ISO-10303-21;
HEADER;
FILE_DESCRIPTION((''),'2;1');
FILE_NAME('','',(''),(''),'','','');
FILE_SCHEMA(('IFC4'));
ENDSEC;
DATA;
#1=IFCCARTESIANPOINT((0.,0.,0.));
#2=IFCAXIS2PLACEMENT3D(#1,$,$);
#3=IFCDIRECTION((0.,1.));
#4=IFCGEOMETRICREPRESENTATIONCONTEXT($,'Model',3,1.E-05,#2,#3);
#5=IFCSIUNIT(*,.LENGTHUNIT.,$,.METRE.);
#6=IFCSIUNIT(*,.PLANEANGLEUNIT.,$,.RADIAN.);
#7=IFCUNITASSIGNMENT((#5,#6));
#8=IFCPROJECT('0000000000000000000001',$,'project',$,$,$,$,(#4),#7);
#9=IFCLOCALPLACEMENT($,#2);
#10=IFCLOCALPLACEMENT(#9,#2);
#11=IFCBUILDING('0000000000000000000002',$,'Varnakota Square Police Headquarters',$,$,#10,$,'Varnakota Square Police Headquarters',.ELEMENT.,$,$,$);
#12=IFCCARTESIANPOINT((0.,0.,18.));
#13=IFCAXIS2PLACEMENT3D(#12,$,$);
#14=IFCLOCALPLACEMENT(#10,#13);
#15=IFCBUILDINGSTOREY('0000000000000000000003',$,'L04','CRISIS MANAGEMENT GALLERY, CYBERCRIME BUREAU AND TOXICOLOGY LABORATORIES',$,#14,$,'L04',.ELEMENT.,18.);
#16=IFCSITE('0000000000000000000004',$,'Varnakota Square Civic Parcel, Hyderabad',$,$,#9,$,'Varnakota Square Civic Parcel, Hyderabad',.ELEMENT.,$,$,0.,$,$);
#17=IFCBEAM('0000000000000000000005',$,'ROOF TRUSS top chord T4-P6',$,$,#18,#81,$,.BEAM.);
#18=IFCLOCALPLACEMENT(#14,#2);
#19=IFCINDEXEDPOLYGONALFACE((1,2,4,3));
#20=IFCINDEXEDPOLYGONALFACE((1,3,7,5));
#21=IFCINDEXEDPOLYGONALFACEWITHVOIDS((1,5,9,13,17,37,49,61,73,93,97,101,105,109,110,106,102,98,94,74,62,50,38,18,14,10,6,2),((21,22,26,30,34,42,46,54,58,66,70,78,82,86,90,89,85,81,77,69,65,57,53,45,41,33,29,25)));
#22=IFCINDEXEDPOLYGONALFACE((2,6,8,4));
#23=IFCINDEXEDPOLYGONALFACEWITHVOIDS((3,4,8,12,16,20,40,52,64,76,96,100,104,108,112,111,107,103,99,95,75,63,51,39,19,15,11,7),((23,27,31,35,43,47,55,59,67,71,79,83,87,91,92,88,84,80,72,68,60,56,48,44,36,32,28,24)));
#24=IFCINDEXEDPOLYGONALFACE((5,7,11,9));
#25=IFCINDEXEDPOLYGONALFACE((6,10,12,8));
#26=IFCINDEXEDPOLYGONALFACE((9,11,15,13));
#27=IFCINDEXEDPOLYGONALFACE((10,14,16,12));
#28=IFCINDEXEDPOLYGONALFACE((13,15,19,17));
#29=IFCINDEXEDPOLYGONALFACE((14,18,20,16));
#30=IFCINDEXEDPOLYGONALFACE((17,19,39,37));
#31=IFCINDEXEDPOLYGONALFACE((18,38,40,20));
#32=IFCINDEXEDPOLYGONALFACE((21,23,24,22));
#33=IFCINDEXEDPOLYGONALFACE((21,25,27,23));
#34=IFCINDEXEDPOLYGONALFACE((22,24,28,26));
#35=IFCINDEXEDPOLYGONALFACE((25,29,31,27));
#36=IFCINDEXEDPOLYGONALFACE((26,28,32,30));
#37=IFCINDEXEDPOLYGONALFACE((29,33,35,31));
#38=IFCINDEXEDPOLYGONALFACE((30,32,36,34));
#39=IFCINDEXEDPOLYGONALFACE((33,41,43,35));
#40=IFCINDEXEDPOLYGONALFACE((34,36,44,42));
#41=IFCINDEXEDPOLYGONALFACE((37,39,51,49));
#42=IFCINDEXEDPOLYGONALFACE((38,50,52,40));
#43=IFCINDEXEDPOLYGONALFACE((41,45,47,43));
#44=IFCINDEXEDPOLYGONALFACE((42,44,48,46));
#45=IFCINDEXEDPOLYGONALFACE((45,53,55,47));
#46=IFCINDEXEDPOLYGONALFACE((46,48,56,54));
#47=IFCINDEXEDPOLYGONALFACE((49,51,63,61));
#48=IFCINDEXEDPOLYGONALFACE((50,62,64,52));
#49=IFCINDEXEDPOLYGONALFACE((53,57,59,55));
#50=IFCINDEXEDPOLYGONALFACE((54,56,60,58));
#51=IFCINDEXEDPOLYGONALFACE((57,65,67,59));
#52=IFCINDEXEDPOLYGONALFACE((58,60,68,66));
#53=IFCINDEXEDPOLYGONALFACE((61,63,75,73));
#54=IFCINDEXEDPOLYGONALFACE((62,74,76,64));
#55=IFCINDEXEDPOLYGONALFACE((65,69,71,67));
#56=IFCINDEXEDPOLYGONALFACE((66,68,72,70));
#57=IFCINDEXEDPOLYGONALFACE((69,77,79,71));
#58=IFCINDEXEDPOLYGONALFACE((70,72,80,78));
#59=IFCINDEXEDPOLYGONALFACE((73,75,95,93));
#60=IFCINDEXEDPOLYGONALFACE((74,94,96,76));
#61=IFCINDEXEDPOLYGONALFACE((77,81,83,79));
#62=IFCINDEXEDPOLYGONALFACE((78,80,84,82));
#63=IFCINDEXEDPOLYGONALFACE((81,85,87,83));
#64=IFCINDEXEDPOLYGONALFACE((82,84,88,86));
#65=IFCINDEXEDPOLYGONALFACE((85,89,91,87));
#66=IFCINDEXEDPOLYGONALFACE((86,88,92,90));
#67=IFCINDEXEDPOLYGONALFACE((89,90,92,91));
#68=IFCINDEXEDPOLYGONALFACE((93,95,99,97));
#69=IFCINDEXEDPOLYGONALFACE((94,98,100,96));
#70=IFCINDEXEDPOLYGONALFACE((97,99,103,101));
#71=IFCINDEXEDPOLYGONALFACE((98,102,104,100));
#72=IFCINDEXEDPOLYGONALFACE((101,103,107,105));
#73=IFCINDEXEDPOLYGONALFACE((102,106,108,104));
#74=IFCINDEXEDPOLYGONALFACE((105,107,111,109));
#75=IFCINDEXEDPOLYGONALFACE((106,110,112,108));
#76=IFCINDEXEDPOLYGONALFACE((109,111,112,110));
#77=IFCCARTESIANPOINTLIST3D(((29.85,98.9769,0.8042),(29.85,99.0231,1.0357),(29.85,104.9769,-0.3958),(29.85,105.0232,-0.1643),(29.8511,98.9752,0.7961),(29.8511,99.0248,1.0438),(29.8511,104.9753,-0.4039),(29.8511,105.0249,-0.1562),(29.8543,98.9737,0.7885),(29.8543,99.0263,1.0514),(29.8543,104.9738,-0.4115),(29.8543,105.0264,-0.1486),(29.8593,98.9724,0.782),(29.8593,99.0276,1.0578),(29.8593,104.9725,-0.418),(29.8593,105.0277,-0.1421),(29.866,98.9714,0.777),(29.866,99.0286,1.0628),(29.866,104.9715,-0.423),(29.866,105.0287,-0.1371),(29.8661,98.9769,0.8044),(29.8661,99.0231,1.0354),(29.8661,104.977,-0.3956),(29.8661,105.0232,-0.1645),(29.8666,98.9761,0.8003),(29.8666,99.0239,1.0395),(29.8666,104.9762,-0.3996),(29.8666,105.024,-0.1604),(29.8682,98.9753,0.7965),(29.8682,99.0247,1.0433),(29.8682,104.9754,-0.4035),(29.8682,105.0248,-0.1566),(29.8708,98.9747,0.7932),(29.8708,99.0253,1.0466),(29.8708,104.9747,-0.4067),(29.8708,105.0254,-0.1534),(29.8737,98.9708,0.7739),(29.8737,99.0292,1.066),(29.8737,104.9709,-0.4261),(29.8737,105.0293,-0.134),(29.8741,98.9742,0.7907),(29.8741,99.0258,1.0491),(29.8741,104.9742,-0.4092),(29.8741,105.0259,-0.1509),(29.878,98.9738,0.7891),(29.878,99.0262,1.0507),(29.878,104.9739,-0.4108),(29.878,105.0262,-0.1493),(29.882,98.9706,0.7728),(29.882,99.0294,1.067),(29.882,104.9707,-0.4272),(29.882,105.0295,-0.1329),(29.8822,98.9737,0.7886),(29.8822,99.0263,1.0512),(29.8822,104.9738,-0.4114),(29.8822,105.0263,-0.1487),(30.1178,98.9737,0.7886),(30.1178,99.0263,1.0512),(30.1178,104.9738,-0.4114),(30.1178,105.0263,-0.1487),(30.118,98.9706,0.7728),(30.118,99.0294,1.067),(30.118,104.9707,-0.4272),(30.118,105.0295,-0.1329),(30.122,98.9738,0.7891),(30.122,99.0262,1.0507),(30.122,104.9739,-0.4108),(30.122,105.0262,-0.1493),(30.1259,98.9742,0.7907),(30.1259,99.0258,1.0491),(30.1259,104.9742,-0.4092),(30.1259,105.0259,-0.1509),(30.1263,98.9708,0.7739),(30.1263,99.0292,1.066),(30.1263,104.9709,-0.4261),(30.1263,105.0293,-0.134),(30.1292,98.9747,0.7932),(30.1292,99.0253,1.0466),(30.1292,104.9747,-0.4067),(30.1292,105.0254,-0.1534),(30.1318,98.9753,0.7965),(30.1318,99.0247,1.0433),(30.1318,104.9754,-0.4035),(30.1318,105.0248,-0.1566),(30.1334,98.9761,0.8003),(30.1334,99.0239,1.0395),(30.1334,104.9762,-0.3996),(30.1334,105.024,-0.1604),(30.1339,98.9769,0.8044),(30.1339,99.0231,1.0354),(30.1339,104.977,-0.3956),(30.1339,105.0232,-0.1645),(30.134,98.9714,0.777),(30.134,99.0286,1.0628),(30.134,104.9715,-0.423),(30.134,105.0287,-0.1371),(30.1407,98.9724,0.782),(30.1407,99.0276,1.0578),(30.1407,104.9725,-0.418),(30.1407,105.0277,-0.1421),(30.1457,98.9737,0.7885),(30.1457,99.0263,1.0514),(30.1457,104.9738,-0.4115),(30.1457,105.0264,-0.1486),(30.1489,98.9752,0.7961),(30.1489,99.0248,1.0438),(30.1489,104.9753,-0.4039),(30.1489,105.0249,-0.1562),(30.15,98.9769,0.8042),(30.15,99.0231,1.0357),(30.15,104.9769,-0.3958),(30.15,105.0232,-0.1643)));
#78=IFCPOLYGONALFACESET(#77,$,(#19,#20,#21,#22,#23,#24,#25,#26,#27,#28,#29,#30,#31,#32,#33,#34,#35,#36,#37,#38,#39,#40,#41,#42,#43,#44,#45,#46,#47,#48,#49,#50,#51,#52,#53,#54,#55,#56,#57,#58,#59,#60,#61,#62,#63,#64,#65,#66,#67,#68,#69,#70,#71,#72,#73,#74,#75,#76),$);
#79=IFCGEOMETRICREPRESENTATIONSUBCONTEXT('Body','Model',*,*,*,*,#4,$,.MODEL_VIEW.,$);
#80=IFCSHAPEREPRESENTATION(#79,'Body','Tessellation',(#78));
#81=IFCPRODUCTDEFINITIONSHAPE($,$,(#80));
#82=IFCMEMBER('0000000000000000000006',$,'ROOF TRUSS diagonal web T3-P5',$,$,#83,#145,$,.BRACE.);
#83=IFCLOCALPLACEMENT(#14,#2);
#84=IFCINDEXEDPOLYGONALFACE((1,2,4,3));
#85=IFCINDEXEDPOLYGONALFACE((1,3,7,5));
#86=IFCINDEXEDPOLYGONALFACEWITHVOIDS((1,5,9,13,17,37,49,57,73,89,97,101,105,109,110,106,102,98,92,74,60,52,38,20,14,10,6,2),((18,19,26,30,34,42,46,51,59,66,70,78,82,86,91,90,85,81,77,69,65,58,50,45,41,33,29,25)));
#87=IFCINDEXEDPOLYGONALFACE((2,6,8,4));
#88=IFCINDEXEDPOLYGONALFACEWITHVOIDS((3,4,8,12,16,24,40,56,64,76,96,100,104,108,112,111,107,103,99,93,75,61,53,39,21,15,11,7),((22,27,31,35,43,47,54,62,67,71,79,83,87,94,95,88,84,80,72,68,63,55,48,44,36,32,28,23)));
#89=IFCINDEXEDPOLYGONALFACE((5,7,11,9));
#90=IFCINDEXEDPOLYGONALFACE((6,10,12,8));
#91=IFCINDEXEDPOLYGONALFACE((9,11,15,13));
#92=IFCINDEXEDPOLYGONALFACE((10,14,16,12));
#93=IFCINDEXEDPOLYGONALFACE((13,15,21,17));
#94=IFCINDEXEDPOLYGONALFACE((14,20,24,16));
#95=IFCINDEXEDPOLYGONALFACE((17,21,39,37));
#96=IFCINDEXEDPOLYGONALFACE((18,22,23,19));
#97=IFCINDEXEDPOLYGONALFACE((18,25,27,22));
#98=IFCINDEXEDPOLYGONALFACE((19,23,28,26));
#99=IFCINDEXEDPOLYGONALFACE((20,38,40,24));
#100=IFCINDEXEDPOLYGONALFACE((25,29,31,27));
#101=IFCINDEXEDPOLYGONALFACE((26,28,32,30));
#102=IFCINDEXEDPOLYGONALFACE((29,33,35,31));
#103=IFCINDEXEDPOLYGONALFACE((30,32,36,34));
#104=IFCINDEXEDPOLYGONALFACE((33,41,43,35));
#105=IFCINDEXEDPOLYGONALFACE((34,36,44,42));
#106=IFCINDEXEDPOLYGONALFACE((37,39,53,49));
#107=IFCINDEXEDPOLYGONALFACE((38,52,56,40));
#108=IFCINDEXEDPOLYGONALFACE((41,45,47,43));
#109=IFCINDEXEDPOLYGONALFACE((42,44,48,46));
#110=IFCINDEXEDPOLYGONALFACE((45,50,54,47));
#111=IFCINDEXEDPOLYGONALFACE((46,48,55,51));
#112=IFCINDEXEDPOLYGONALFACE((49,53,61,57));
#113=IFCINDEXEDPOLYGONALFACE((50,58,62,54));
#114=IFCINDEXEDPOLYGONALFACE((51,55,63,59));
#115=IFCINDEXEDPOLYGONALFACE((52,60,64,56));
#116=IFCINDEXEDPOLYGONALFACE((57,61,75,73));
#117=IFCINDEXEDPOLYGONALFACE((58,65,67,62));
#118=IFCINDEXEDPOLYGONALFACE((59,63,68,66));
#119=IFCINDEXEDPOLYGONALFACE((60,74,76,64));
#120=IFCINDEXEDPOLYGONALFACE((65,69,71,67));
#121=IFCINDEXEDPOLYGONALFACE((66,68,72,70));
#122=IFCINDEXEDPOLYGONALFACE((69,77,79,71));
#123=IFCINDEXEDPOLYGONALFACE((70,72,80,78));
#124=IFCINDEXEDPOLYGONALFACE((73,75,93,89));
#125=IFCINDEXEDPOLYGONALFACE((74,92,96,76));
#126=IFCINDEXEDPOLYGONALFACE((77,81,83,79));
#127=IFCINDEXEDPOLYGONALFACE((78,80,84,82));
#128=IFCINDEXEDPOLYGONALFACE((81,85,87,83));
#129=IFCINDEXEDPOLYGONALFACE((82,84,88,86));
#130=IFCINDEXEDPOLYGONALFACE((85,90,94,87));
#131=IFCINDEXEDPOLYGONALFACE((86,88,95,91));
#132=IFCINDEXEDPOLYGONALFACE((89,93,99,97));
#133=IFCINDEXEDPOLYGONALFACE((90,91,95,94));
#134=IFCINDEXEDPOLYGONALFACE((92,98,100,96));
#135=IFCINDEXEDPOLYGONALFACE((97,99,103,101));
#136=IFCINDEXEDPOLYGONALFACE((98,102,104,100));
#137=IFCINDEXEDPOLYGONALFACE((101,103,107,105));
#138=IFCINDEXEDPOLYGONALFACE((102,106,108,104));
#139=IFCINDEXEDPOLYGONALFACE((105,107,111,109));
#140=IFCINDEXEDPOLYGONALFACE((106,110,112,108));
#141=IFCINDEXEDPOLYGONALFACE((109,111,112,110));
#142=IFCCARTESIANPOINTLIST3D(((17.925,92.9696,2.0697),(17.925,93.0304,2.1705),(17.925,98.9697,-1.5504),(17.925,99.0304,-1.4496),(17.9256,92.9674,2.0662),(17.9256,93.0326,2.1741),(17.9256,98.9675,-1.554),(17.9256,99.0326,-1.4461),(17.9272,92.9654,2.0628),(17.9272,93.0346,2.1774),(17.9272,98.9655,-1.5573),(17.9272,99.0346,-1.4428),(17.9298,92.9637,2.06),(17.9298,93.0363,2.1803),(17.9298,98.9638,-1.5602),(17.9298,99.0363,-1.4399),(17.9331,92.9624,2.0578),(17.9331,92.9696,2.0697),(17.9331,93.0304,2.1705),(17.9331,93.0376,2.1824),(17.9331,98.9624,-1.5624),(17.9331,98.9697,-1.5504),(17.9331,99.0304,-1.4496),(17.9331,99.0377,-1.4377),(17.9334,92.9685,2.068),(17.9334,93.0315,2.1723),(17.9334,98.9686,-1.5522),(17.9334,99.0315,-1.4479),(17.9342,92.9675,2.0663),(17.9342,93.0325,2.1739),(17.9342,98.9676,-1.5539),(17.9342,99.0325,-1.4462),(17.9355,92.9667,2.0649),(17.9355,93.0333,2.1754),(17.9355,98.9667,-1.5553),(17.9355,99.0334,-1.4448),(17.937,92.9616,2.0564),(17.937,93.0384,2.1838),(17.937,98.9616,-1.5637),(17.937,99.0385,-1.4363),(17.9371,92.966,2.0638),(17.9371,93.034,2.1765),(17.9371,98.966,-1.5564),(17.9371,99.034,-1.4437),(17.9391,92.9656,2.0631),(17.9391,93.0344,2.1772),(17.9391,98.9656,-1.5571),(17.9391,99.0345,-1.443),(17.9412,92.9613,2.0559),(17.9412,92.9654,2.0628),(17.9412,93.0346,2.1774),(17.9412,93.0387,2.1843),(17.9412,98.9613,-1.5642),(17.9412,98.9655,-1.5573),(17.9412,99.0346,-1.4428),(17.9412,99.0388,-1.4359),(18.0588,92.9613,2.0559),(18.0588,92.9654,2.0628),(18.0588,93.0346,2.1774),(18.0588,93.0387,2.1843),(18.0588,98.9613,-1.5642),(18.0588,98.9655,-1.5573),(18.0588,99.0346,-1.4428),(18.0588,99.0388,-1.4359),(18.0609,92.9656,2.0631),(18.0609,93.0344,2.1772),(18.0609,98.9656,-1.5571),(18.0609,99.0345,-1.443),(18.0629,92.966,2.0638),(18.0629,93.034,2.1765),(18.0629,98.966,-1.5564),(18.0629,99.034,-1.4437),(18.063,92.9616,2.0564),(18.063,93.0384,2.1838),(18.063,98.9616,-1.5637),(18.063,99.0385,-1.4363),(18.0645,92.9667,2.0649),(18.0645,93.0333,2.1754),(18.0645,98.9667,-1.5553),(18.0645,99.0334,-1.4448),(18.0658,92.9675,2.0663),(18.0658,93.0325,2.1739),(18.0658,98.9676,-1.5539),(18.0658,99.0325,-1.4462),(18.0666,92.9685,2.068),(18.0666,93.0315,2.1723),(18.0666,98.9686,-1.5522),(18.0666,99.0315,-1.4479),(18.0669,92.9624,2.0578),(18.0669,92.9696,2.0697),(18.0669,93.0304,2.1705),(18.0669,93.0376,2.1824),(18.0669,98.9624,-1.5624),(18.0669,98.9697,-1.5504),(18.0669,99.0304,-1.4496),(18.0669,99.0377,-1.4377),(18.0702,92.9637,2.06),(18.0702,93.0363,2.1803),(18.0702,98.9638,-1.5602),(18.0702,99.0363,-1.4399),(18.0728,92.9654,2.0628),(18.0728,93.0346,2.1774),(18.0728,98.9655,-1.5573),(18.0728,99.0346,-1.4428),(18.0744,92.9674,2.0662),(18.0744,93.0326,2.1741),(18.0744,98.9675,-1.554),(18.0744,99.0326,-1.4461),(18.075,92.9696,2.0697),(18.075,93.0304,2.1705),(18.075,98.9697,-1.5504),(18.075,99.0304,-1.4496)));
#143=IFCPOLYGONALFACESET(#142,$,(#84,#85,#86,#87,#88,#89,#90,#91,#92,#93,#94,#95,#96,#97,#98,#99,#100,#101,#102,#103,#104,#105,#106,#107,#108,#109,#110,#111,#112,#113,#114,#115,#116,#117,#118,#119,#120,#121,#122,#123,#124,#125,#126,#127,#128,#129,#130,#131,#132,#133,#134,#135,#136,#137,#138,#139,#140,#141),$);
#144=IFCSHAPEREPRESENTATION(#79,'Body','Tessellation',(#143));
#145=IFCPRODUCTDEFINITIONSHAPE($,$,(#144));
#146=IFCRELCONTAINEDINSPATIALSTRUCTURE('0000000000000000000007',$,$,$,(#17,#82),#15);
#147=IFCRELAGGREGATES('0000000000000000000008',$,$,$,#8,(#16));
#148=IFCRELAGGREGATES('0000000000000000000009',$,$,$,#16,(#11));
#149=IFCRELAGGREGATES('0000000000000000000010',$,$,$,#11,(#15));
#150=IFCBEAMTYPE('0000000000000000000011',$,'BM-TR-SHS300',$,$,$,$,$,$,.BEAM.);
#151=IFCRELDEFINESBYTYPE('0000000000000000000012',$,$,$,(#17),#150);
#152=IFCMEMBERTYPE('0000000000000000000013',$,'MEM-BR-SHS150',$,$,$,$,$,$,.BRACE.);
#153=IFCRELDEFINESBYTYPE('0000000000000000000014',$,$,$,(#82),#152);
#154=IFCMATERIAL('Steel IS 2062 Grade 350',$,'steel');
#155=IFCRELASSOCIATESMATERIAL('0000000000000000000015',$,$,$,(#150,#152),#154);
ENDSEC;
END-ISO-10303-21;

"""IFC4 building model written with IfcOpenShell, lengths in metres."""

from ifc_helpers import new_model, si_unit, direction, frame, origin, origin_2d, place, context, subcontext, project, spatial, hollow_rectangle, extrude, material, material_profile, profile_set, type_object, element, save


model = new_model("IFC4")

# Units and contexts
model_context = context("Model", 3, precision=1e-05, world=origin(), true_north=direction((0.0, 1.0)))
body_context = subcontext(model_context, "Body", "Model", "MODEL_VIEW")
ifc_project = project(units=[si_unit("LENGTHUNIT", "METRE"), si_unit("PLANEANGLEUNIT", "RADIAN")], contexts=[model_context])

# Site, building, storey
site_placement = place(None, origin())
site = spatial("IfcSite", under=ifc_project, at=site_placement, Name="Varnakota Square Civic Parcel, Hyderabad", LongName="Varnakota Square Civic Parcel, Hyderabad", CompositionType="ELEMENT", RefElevation=0.0)
building_placement = place(site_placement, origin())
building = spatial("IfcBuilding", under=site, at=building_placement, Name="Varnakota Square Police Headquarters", LongName="Varnakota Square Police Headquarters", CompositionType="ELEMENT")
storey_placement = place(building_placement, frame((0.0, 0.0, 18.0)))
storey = spatial("IfcBuildingStorey", under=building, at=storey_placement, Name="L04", Description="CRISIS MANAGEMENT GALLERY, CYBERCRIME BUREAU AND TOXICOLOGY LABORATORIES", LongName="L04", CompositionType="ELEMENT", Elevation=18.0)

# Beam
ifc_material_1 = material(Name="Steel IS 2062 Grade 350", Category="steel")
ifc_material_profile_1 = material_profile(ifc_material_1, hollow_rectangle(XDim=0.3, YDim=0.3, WallThickness=0.0161, InnerFilletRadius=0.0161, OuterFilletRadius=0.032, at=origin_2d()), Name="SHS 300x300x16")
ifc_profile_set_1 = profile_set([ifc_material_profile_1], Name="Steel IS 2062 Grade 350")
beam_type_1 = type_object("IfcBeamType", Name="BM-TR-SHS300", PredefinedType="BEAM", material=ifc_profile_set_1)
for number, where, z_axis, x_axis, name in (
    (1, (30.0, 99.0, 0.9199), (0.0, 0.980582, -0.196108), (-1.0, 0.0, 0.0), "ROOF TRUSS top chord T4-P6"),
):
    element("IfcBeam", number, at=place(storey_placement, frame(where, z_axis=z_axis, x_axis=x_axis)), inside=storey, type_object=beam_type_1, Name=name, PredefinedType="BEAM", context=body_context, shape_type="SweptSolid", body=[
        extrude(hollow_rectangle(XDim=0.3, YDim=0.3, WallThickness=0.0161, InnerFilletRadius=0.0161, OuterFilletRadius=0.032, at=origin_2d()), origin(), (0.0, 0.0, 1.0), 6.1189),
    ])

# Member
ifc_material_profile_2 = material_profile(ifc_material_1, hollow_rectangle(XDim=0.1499, YDim=0.1499, WallThickness=0.0081, InnerFilletRadius=0.0081, OuterFilletRadius=0.0161, at=origin_2d()), Name="SHS 150x150x8")
ifc_profile_set_2 = profile_set([ifc_material_profile_2], Name="Steel IS 2062 Grade 350")
member_type_1 = type_object("IfcMemberType", Name="MEM-BR-SHS150", PredefinedType="BRACE", material=ifc_profile_set_2)
member_1_placement = place(storey_placement, frame((18.0, 93.0, 2.1201), z_axis=(0.0, 0.856224, -0.516605), x_axis=(-1.0, 0.0, 0.0)))
element("IfcMember", 2, at=member_1_placement, inside=storey, type_object=member_type_1, Name="ROOF TRUSS diagonal web T3-P5", PredefinedType="BRACE", context=body_context, shape_type="SweptSolid", body=[
    extrude(hollow_rectangle(XDim=0.1499, YDim=0.1499, WallThickness=0.0081, InnerFilletRadius=0.0081, OuterFilletRadius=0.0161, at=origin_2d()), origin(), (0.0, 0.0, 1.0), 7.0076),
])

save(model, "model.ifc")
